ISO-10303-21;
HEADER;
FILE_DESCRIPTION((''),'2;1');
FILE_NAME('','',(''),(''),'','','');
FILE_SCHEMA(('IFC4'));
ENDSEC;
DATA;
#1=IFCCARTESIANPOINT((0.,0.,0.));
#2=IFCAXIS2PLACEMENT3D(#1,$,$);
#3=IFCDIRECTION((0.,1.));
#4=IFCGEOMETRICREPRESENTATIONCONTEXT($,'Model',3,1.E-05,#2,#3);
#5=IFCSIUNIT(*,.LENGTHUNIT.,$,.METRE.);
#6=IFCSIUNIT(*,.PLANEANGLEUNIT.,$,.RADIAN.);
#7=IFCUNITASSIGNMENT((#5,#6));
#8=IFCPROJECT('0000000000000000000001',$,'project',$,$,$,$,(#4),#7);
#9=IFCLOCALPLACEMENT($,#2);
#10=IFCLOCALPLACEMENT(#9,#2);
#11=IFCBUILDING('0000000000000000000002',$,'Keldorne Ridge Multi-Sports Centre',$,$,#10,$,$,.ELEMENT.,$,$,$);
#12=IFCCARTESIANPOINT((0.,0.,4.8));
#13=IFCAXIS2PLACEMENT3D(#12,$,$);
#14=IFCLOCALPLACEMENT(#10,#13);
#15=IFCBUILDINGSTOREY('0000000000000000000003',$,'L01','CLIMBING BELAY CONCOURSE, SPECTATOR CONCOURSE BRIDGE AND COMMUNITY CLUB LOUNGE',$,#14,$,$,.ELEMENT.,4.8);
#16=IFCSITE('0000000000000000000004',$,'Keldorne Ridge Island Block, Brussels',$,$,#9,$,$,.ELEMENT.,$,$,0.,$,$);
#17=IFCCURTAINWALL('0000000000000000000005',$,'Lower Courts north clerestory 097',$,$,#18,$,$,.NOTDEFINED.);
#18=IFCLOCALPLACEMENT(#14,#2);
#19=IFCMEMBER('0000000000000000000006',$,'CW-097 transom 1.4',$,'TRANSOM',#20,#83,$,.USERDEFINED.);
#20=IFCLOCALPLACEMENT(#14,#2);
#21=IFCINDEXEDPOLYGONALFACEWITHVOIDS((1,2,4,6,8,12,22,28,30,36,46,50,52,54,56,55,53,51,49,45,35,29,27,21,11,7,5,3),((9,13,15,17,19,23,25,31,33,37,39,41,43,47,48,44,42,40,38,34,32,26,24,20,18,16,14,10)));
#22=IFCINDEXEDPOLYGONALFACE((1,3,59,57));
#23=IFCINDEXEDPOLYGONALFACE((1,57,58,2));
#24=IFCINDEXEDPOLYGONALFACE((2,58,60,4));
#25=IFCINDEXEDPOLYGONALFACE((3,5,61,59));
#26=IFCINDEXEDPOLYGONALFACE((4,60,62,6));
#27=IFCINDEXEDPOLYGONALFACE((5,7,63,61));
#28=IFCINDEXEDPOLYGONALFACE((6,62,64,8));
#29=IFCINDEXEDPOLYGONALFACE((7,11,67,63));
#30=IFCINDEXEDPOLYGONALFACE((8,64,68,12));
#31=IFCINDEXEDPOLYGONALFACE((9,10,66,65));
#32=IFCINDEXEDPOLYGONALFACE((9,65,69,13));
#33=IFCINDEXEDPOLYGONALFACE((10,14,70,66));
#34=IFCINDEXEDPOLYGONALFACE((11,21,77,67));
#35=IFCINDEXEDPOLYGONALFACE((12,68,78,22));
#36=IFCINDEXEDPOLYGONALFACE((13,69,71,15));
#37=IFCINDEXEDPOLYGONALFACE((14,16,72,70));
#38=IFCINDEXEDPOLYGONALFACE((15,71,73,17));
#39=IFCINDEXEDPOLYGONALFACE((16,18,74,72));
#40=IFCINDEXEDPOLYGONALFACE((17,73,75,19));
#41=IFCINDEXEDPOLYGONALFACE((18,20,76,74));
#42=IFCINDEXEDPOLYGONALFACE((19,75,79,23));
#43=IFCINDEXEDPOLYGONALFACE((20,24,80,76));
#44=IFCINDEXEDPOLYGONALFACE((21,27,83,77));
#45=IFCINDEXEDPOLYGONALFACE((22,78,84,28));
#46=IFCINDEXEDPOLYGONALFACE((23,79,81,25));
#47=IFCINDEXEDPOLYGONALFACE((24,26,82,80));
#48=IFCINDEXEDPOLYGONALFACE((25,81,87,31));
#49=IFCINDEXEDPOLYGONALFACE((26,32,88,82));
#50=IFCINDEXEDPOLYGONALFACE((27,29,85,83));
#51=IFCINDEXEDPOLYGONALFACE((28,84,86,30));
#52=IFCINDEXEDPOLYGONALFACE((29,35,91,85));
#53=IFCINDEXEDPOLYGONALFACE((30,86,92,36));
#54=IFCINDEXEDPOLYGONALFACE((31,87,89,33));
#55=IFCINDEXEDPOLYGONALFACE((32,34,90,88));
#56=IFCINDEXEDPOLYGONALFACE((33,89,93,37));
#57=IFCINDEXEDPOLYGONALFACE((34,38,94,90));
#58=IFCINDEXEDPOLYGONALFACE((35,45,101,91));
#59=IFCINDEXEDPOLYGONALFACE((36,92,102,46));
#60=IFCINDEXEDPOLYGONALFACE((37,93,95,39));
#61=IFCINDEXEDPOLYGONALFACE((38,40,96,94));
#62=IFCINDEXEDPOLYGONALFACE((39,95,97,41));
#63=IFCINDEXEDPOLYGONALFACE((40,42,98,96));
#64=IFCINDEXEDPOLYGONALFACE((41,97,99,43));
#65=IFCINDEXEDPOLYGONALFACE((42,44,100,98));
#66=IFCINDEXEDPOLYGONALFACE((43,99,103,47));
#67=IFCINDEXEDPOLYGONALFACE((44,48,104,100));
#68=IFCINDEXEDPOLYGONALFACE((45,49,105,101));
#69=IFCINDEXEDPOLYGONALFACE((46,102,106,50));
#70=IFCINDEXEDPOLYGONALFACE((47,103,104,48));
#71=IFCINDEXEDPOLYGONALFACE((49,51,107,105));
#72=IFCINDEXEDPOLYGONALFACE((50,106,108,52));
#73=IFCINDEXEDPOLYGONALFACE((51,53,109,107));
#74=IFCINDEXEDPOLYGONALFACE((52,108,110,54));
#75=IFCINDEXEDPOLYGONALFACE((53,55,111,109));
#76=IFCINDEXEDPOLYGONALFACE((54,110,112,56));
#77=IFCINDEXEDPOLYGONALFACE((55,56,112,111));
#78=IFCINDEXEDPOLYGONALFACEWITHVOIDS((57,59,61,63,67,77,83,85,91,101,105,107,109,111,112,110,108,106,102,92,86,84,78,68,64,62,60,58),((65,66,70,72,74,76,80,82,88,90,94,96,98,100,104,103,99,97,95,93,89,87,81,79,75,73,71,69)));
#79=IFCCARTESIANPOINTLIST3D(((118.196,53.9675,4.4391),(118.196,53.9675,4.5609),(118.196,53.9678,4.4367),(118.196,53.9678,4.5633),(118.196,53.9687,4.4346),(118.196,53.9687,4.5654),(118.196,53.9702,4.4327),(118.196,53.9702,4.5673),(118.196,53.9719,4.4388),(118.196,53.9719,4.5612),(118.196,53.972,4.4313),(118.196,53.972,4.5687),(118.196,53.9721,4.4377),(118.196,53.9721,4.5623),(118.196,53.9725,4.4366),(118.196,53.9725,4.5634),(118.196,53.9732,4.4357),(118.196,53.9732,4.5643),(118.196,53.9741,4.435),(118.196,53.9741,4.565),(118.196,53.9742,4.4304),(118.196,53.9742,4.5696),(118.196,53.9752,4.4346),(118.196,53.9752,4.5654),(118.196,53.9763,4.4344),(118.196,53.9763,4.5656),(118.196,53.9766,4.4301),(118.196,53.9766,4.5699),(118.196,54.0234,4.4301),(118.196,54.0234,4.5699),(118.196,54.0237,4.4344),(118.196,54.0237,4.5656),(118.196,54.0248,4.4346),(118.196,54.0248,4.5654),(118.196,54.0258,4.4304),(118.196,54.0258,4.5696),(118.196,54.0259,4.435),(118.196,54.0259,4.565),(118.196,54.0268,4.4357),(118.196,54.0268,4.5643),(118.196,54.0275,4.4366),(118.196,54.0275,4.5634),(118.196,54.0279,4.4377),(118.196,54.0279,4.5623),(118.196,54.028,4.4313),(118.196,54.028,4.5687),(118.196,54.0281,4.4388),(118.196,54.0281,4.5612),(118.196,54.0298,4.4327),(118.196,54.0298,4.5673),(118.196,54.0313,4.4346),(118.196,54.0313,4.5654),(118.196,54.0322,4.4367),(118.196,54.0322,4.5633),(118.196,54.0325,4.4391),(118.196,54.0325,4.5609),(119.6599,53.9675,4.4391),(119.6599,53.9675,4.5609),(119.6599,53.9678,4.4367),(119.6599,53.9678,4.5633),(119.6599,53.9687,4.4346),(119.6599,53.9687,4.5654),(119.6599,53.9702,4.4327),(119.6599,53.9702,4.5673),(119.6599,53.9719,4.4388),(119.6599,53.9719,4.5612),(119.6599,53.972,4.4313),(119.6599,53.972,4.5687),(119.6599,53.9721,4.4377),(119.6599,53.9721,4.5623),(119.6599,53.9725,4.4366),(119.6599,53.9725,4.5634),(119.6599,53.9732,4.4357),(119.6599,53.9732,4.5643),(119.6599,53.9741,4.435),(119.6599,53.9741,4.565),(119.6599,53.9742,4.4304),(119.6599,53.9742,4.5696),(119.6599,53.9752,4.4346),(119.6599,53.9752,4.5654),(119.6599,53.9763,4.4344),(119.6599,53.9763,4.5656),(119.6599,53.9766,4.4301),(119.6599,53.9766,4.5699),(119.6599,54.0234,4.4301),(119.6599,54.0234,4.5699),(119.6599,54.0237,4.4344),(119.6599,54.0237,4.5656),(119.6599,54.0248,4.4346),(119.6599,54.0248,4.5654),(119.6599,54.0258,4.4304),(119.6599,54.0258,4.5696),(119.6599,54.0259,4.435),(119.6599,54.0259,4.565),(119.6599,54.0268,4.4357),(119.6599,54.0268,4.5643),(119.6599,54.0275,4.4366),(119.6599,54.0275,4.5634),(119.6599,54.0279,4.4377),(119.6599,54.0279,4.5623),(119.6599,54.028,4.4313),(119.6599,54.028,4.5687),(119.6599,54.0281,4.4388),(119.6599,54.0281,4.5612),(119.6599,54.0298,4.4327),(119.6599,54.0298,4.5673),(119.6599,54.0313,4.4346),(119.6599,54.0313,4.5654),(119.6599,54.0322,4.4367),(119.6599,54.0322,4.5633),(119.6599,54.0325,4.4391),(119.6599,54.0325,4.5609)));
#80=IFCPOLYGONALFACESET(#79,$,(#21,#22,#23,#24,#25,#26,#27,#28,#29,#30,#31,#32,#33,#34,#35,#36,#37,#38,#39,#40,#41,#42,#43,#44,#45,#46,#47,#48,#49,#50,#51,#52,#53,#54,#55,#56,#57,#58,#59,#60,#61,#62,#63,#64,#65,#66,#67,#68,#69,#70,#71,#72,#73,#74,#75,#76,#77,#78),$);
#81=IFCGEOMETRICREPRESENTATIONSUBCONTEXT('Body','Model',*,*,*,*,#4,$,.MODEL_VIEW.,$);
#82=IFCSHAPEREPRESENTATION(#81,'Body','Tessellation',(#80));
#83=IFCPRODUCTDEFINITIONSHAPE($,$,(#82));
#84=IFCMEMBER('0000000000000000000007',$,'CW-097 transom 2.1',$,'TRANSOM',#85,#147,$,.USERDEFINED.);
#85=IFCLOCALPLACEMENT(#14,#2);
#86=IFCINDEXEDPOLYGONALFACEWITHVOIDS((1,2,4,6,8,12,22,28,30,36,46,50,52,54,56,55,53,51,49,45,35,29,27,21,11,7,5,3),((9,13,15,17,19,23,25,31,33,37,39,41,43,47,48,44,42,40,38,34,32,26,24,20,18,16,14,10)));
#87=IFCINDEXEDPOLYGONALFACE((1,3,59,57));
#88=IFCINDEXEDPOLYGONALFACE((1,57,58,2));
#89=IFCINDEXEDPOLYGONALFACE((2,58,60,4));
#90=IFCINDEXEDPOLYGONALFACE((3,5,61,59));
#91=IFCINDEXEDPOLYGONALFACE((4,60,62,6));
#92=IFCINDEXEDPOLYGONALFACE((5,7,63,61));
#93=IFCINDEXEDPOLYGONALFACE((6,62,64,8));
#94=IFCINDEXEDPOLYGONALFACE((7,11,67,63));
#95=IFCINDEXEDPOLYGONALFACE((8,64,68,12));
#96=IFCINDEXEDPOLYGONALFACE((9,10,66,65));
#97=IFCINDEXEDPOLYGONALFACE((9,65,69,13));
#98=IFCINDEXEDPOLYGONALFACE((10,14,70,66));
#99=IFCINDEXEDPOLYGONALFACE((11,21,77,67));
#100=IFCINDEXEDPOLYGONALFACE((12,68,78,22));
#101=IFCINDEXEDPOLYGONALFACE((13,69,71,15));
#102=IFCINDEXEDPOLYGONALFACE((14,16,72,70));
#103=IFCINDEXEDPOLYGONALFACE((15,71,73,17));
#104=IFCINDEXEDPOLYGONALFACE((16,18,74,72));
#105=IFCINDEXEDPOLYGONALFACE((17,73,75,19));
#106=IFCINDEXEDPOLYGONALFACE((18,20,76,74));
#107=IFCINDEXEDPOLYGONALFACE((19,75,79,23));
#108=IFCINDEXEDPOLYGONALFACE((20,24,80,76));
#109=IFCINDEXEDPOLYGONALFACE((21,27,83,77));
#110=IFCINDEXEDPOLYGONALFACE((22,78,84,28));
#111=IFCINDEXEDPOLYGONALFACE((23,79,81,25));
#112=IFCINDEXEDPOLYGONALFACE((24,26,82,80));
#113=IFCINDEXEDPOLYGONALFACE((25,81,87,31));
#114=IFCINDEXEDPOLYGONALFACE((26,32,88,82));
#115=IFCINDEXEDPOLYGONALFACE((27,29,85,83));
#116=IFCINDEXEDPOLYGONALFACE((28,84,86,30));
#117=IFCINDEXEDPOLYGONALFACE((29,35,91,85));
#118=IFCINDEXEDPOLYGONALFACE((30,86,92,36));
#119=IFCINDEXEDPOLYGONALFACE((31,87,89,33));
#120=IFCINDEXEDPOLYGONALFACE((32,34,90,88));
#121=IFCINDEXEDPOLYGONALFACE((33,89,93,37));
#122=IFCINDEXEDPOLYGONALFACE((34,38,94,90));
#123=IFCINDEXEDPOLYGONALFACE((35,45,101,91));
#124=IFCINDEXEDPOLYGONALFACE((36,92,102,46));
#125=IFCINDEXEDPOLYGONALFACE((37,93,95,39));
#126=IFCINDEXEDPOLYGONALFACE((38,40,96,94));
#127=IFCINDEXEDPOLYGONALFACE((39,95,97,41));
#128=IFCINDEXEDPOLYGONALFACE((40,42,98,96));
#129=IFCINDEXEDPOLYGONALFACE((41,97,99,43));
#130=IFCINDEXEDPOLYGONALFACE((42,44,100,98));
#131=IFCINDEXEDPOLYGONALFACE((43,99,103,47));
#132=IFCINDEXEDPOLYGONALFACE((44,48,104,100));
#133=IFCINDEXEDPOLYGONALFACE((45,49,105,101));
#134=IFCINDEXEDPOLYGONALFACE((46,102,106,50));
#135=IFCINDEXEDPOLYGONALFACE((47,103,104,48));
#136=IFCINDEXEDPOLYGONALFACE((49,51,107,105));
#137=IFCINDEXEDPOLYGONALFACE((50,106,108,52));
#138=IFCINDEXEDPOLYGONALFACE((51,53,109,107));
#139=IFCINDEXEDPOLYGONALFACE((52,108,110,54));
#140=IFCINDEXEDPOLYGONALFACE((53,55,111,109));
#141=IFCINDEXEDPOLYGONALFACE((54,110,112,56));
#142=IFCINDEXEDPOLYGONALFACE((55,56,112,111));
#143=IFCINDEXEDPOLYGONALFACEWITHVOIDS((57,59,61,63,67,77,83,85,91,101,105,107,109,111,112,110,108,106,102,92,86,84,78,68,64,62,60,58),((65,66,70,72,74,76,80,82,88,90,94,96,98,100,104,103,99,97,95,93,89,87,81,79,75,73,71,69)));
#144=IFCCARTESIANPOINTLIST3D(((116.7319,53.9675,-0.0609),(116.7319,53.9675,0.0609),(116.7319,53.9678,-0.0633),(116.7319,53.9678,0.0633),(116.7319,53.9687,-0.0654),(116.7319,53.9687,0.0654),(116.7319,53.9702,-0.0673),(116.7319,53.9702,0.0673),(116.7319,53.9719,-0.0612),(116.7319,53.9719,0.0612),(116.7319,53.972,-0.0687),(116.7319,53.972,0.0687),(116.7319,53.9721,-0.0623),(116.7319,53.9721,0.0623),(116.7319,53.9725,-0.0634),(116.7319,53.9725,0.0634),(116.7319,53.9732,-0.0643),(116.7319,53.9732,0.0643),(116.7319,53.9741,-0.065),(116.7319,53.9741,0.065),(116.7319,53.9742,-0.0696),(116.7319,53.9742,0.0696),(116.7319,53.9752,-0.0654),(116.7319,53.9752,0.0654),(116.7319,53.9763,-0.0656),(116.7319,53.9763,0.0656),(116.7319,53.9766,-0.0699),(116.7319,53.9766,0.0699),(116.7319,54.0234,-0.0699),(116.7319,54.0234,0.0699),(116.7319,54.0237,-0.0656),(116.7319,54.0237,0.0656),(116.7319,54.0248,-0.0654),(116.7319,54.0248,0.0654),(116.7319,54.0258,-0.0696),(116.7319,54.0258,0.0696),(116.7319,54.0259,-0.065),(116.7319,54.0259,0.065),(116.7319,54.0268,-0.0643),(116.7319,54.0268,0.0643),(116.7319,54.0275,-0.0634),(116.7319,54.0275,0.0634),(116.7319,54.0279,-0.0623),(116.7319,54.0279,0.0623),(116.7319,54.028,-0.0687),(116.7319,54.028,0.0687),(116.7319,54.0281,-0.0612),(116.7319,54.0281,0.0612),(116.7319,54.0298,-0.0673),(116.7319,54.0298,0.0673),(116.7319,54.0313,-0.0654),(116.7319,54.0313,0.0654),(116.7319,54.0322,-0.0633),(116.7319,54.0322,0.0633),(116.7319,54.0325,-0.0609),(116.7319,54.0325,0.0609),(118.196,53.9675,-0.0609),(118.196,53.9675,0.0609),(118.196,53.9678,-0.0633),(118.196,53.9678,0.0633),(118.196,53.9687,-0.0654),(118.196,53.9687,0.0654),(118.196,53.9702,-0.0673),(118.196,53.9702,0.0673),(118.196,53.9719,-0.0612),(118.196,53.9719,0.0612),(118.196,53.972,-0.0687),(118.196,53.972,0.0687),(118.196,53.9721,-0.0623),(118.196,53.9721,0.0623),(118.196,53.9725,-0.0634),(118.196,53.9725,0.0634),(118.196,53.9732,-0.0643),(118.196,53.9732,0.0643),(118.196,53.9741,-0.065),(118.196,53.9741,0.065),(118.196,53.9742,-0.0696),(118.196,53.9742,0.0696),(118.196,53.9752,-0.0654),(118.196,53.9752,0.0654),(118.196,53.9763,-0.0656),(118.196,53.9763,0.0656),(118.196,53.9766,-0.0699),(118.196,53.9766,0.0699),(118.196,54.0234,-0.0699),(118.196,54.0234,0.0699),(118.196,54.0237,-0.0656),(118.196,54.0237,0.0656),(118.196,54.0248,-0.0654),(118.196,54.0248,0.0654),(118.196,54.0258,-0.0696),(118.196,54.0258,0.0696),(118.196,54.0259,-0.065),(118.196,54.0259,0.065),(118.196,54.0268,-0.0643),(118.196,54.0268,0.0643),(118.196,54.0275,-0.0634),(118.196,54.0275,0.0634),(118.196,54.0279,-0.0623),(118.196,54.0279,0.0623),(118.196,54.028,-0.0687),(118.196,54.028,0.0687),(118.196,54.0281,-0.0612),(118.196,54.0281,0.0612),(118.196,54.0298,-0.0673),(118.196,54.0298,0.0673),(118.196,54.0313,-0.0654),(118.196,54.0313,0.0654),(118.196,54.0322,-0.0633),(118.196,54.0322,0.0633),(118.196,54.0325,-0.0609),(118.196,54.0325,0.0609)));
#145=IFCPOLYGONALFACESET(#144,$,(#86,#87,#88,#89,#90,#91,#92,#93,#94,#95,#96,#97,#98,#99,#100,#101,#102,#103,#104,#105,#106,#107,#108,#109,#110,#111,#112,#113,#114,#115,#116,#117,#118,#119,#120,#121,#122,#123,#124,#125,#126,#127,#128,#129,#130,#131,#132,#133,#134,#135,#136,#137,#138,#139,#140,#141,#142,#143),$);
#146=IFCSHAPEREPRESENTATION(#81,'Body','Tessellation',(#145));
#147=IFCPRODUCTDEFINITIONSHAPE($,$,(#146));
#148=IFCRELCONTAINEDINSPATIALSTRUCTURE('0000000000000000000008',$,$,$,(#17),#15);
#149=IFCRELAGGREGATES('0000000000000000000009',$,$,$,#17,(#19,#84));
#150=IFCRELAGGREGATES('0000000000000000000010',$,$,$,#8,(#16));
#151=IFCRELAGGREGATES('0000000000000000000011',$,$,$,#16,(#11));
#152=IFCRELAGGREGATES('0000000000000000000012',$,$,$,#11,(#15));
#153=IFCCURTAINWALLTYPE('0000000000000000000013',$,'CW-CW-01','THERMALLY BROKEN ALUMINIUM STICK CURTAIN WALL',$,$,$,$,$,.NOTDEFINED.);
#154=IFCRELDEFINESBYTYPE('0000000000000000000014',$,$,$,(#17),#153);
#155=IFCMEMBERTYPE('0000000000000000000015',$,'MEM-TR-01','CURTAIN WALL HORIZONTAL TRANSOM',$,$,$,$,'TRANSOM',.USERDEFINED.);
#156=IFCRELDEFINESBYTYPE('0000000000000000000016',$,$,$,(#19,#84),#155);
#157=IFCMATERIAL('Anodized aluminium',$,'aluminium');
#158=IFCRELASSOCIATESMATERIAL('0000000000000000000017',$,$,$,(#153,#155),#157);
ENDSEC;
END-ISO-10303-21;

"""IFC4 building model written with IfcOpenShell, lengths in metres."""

from ifc_helpers import new_model, si_unit, direction, frame, origin, origin_2d, place, context, subcontext, project, spatial, hollow_rectangle, extrude, material, material_profile, profile_set, type_object, element, aggregate, save


model = new_model("IFC4")

# Units and contexts
model_context = context("Model", 3, precision=1e-05, world=origin(), true_north=direction((0.0, 1.0)))
body_context = subcontext(model_context, "Body", "Model", "MODEL_VIEW")
ifc_project = project(units=[si_unit("LENGTHUNIT", "METRE"), si_unit("PLANEANGLEUNIT", "RADIAN")], contexts=[model_context])

# Site, building, storey
site_placement = place(None, origin())
site = spatial("IfcSite", under=ifc_project, at=site_placement, Name="Keldorne Ridge Island Block, Brussels", CompositionType="ELEMENT", RefElevation=0.0)
building_placement = place(site_placement, origin())
building = spatial("IfcBuilding", under=site, at=building_placement, Name="Keldorne Ridge Multi-Sports Centre", CompositionType="ELEMENT")
storey_placement = place(building_placement, frame((0.0, 0.0, 4.8)))
storey = spatial("IfcBuildingStorey", under=building, at=storey_placement, Name="L01", Description="CLIMBING BELAY CONCOURSE, SPECTATOR CONCOURSE BRIDGE AND COMMUNITY CLUB LOUNGE", CompositionType="ELEMENT", Elevation=4.8)

# Curtain wall
ifc_material_1 = material(Name="Anodized aluminium", Category="aluminium")
curtain_wall_type_1 = type_object("IfcCurtainWallType", Name="CW-CW-01", Description="THERMALLY BROKEN ALUMINIUM STICK CURTAIN WALL", PredefinedType="NOTDEFINED", material=ifc_material_1)
curtain_wall_1_placement = place(storey_placement, origin())
curtain_wall_1 = element("IfcCurtainWall", 1, at=curtain_wall_1_placement, inside=storey, type_object=curtain_wall_type_1, Name="Lower Courts north clerestory 097", PredefinedType="NOTDEFINED")

# Members
ifc_material_profile_1 = material_profile(ifc_material_1, hollow_rectangle(XDim=0.0649, YDim=0.1399, WallThickness=0.0044, InnerFilletRadius=0.0044, OuterFilletRadius=0.009, at=origin_2d()), Name="ALU TRANSOM 140x65x4.5")
ifc_profile_set_1 = profile_set([ifc_material_profile_1], Name="Anodized aluminium")
member_type_1 = type_object("IfcMemberType", Name="MEM-TR-01", Description="CURTAIN WALL HORIZONTAL TRANSOM", ElementType="TRANSOM", PredefinedType="USERDEFINED", material=ifc_profile_set_1)
member_1_placement = place(storey_placement, frame((119.6599, 54.0, 4.5), z_axis=(-1.0, 0.0, 0.0), x_axis=(0.0, -1.0, 0.0)))
member_1 = element("IfcMember", 2, at=member_1_placement, type_object=member_type_1, Name="CW-097 transom 1.4", ObjectType="TRANSOM", PredefinedType="USERDEFINED", context=body_context, shape_type="SweptSolid", body=[
    extrude(hollow_rectangle(XDim=0.0649, YDim=0.1399, WallThickness=0.0044, InnerFilletRadius=0.0044, OuterFilletRadius=0.009, at=origin_2d()), origin(), (0.0, 0.0, 1.0), 1.4639),
])
member_2_placement = place(storey_placement, frame((118.196, 54.0, 0.0), z_axis=(-1.0, 0.0, 0.0), x_axis=(0.0, -1.0, 0.0)))
member_2 = element("IfcMember", 3, at=member_2_placement, type_object=member_type_1, Name="CW-097 transom 2.1", ObjectType="TRANSOM", PredefinedType="USERDEFINED", context=body_context, shape_type="SweptSolid", body=[
    extrude(hollow_rectangle(XDim=0.0649, YDim=0.1399, WallThickness=0.0044, InnerFilletRadius=0.0044, OuterFilletRadius=0.009, at=origin_2d()), origin(), (0.0, 0.0, 1.0), 1.4641),
])

aggregate(curtain_wall_1, [member_1, member_2])

save(model, "model.ifc")
